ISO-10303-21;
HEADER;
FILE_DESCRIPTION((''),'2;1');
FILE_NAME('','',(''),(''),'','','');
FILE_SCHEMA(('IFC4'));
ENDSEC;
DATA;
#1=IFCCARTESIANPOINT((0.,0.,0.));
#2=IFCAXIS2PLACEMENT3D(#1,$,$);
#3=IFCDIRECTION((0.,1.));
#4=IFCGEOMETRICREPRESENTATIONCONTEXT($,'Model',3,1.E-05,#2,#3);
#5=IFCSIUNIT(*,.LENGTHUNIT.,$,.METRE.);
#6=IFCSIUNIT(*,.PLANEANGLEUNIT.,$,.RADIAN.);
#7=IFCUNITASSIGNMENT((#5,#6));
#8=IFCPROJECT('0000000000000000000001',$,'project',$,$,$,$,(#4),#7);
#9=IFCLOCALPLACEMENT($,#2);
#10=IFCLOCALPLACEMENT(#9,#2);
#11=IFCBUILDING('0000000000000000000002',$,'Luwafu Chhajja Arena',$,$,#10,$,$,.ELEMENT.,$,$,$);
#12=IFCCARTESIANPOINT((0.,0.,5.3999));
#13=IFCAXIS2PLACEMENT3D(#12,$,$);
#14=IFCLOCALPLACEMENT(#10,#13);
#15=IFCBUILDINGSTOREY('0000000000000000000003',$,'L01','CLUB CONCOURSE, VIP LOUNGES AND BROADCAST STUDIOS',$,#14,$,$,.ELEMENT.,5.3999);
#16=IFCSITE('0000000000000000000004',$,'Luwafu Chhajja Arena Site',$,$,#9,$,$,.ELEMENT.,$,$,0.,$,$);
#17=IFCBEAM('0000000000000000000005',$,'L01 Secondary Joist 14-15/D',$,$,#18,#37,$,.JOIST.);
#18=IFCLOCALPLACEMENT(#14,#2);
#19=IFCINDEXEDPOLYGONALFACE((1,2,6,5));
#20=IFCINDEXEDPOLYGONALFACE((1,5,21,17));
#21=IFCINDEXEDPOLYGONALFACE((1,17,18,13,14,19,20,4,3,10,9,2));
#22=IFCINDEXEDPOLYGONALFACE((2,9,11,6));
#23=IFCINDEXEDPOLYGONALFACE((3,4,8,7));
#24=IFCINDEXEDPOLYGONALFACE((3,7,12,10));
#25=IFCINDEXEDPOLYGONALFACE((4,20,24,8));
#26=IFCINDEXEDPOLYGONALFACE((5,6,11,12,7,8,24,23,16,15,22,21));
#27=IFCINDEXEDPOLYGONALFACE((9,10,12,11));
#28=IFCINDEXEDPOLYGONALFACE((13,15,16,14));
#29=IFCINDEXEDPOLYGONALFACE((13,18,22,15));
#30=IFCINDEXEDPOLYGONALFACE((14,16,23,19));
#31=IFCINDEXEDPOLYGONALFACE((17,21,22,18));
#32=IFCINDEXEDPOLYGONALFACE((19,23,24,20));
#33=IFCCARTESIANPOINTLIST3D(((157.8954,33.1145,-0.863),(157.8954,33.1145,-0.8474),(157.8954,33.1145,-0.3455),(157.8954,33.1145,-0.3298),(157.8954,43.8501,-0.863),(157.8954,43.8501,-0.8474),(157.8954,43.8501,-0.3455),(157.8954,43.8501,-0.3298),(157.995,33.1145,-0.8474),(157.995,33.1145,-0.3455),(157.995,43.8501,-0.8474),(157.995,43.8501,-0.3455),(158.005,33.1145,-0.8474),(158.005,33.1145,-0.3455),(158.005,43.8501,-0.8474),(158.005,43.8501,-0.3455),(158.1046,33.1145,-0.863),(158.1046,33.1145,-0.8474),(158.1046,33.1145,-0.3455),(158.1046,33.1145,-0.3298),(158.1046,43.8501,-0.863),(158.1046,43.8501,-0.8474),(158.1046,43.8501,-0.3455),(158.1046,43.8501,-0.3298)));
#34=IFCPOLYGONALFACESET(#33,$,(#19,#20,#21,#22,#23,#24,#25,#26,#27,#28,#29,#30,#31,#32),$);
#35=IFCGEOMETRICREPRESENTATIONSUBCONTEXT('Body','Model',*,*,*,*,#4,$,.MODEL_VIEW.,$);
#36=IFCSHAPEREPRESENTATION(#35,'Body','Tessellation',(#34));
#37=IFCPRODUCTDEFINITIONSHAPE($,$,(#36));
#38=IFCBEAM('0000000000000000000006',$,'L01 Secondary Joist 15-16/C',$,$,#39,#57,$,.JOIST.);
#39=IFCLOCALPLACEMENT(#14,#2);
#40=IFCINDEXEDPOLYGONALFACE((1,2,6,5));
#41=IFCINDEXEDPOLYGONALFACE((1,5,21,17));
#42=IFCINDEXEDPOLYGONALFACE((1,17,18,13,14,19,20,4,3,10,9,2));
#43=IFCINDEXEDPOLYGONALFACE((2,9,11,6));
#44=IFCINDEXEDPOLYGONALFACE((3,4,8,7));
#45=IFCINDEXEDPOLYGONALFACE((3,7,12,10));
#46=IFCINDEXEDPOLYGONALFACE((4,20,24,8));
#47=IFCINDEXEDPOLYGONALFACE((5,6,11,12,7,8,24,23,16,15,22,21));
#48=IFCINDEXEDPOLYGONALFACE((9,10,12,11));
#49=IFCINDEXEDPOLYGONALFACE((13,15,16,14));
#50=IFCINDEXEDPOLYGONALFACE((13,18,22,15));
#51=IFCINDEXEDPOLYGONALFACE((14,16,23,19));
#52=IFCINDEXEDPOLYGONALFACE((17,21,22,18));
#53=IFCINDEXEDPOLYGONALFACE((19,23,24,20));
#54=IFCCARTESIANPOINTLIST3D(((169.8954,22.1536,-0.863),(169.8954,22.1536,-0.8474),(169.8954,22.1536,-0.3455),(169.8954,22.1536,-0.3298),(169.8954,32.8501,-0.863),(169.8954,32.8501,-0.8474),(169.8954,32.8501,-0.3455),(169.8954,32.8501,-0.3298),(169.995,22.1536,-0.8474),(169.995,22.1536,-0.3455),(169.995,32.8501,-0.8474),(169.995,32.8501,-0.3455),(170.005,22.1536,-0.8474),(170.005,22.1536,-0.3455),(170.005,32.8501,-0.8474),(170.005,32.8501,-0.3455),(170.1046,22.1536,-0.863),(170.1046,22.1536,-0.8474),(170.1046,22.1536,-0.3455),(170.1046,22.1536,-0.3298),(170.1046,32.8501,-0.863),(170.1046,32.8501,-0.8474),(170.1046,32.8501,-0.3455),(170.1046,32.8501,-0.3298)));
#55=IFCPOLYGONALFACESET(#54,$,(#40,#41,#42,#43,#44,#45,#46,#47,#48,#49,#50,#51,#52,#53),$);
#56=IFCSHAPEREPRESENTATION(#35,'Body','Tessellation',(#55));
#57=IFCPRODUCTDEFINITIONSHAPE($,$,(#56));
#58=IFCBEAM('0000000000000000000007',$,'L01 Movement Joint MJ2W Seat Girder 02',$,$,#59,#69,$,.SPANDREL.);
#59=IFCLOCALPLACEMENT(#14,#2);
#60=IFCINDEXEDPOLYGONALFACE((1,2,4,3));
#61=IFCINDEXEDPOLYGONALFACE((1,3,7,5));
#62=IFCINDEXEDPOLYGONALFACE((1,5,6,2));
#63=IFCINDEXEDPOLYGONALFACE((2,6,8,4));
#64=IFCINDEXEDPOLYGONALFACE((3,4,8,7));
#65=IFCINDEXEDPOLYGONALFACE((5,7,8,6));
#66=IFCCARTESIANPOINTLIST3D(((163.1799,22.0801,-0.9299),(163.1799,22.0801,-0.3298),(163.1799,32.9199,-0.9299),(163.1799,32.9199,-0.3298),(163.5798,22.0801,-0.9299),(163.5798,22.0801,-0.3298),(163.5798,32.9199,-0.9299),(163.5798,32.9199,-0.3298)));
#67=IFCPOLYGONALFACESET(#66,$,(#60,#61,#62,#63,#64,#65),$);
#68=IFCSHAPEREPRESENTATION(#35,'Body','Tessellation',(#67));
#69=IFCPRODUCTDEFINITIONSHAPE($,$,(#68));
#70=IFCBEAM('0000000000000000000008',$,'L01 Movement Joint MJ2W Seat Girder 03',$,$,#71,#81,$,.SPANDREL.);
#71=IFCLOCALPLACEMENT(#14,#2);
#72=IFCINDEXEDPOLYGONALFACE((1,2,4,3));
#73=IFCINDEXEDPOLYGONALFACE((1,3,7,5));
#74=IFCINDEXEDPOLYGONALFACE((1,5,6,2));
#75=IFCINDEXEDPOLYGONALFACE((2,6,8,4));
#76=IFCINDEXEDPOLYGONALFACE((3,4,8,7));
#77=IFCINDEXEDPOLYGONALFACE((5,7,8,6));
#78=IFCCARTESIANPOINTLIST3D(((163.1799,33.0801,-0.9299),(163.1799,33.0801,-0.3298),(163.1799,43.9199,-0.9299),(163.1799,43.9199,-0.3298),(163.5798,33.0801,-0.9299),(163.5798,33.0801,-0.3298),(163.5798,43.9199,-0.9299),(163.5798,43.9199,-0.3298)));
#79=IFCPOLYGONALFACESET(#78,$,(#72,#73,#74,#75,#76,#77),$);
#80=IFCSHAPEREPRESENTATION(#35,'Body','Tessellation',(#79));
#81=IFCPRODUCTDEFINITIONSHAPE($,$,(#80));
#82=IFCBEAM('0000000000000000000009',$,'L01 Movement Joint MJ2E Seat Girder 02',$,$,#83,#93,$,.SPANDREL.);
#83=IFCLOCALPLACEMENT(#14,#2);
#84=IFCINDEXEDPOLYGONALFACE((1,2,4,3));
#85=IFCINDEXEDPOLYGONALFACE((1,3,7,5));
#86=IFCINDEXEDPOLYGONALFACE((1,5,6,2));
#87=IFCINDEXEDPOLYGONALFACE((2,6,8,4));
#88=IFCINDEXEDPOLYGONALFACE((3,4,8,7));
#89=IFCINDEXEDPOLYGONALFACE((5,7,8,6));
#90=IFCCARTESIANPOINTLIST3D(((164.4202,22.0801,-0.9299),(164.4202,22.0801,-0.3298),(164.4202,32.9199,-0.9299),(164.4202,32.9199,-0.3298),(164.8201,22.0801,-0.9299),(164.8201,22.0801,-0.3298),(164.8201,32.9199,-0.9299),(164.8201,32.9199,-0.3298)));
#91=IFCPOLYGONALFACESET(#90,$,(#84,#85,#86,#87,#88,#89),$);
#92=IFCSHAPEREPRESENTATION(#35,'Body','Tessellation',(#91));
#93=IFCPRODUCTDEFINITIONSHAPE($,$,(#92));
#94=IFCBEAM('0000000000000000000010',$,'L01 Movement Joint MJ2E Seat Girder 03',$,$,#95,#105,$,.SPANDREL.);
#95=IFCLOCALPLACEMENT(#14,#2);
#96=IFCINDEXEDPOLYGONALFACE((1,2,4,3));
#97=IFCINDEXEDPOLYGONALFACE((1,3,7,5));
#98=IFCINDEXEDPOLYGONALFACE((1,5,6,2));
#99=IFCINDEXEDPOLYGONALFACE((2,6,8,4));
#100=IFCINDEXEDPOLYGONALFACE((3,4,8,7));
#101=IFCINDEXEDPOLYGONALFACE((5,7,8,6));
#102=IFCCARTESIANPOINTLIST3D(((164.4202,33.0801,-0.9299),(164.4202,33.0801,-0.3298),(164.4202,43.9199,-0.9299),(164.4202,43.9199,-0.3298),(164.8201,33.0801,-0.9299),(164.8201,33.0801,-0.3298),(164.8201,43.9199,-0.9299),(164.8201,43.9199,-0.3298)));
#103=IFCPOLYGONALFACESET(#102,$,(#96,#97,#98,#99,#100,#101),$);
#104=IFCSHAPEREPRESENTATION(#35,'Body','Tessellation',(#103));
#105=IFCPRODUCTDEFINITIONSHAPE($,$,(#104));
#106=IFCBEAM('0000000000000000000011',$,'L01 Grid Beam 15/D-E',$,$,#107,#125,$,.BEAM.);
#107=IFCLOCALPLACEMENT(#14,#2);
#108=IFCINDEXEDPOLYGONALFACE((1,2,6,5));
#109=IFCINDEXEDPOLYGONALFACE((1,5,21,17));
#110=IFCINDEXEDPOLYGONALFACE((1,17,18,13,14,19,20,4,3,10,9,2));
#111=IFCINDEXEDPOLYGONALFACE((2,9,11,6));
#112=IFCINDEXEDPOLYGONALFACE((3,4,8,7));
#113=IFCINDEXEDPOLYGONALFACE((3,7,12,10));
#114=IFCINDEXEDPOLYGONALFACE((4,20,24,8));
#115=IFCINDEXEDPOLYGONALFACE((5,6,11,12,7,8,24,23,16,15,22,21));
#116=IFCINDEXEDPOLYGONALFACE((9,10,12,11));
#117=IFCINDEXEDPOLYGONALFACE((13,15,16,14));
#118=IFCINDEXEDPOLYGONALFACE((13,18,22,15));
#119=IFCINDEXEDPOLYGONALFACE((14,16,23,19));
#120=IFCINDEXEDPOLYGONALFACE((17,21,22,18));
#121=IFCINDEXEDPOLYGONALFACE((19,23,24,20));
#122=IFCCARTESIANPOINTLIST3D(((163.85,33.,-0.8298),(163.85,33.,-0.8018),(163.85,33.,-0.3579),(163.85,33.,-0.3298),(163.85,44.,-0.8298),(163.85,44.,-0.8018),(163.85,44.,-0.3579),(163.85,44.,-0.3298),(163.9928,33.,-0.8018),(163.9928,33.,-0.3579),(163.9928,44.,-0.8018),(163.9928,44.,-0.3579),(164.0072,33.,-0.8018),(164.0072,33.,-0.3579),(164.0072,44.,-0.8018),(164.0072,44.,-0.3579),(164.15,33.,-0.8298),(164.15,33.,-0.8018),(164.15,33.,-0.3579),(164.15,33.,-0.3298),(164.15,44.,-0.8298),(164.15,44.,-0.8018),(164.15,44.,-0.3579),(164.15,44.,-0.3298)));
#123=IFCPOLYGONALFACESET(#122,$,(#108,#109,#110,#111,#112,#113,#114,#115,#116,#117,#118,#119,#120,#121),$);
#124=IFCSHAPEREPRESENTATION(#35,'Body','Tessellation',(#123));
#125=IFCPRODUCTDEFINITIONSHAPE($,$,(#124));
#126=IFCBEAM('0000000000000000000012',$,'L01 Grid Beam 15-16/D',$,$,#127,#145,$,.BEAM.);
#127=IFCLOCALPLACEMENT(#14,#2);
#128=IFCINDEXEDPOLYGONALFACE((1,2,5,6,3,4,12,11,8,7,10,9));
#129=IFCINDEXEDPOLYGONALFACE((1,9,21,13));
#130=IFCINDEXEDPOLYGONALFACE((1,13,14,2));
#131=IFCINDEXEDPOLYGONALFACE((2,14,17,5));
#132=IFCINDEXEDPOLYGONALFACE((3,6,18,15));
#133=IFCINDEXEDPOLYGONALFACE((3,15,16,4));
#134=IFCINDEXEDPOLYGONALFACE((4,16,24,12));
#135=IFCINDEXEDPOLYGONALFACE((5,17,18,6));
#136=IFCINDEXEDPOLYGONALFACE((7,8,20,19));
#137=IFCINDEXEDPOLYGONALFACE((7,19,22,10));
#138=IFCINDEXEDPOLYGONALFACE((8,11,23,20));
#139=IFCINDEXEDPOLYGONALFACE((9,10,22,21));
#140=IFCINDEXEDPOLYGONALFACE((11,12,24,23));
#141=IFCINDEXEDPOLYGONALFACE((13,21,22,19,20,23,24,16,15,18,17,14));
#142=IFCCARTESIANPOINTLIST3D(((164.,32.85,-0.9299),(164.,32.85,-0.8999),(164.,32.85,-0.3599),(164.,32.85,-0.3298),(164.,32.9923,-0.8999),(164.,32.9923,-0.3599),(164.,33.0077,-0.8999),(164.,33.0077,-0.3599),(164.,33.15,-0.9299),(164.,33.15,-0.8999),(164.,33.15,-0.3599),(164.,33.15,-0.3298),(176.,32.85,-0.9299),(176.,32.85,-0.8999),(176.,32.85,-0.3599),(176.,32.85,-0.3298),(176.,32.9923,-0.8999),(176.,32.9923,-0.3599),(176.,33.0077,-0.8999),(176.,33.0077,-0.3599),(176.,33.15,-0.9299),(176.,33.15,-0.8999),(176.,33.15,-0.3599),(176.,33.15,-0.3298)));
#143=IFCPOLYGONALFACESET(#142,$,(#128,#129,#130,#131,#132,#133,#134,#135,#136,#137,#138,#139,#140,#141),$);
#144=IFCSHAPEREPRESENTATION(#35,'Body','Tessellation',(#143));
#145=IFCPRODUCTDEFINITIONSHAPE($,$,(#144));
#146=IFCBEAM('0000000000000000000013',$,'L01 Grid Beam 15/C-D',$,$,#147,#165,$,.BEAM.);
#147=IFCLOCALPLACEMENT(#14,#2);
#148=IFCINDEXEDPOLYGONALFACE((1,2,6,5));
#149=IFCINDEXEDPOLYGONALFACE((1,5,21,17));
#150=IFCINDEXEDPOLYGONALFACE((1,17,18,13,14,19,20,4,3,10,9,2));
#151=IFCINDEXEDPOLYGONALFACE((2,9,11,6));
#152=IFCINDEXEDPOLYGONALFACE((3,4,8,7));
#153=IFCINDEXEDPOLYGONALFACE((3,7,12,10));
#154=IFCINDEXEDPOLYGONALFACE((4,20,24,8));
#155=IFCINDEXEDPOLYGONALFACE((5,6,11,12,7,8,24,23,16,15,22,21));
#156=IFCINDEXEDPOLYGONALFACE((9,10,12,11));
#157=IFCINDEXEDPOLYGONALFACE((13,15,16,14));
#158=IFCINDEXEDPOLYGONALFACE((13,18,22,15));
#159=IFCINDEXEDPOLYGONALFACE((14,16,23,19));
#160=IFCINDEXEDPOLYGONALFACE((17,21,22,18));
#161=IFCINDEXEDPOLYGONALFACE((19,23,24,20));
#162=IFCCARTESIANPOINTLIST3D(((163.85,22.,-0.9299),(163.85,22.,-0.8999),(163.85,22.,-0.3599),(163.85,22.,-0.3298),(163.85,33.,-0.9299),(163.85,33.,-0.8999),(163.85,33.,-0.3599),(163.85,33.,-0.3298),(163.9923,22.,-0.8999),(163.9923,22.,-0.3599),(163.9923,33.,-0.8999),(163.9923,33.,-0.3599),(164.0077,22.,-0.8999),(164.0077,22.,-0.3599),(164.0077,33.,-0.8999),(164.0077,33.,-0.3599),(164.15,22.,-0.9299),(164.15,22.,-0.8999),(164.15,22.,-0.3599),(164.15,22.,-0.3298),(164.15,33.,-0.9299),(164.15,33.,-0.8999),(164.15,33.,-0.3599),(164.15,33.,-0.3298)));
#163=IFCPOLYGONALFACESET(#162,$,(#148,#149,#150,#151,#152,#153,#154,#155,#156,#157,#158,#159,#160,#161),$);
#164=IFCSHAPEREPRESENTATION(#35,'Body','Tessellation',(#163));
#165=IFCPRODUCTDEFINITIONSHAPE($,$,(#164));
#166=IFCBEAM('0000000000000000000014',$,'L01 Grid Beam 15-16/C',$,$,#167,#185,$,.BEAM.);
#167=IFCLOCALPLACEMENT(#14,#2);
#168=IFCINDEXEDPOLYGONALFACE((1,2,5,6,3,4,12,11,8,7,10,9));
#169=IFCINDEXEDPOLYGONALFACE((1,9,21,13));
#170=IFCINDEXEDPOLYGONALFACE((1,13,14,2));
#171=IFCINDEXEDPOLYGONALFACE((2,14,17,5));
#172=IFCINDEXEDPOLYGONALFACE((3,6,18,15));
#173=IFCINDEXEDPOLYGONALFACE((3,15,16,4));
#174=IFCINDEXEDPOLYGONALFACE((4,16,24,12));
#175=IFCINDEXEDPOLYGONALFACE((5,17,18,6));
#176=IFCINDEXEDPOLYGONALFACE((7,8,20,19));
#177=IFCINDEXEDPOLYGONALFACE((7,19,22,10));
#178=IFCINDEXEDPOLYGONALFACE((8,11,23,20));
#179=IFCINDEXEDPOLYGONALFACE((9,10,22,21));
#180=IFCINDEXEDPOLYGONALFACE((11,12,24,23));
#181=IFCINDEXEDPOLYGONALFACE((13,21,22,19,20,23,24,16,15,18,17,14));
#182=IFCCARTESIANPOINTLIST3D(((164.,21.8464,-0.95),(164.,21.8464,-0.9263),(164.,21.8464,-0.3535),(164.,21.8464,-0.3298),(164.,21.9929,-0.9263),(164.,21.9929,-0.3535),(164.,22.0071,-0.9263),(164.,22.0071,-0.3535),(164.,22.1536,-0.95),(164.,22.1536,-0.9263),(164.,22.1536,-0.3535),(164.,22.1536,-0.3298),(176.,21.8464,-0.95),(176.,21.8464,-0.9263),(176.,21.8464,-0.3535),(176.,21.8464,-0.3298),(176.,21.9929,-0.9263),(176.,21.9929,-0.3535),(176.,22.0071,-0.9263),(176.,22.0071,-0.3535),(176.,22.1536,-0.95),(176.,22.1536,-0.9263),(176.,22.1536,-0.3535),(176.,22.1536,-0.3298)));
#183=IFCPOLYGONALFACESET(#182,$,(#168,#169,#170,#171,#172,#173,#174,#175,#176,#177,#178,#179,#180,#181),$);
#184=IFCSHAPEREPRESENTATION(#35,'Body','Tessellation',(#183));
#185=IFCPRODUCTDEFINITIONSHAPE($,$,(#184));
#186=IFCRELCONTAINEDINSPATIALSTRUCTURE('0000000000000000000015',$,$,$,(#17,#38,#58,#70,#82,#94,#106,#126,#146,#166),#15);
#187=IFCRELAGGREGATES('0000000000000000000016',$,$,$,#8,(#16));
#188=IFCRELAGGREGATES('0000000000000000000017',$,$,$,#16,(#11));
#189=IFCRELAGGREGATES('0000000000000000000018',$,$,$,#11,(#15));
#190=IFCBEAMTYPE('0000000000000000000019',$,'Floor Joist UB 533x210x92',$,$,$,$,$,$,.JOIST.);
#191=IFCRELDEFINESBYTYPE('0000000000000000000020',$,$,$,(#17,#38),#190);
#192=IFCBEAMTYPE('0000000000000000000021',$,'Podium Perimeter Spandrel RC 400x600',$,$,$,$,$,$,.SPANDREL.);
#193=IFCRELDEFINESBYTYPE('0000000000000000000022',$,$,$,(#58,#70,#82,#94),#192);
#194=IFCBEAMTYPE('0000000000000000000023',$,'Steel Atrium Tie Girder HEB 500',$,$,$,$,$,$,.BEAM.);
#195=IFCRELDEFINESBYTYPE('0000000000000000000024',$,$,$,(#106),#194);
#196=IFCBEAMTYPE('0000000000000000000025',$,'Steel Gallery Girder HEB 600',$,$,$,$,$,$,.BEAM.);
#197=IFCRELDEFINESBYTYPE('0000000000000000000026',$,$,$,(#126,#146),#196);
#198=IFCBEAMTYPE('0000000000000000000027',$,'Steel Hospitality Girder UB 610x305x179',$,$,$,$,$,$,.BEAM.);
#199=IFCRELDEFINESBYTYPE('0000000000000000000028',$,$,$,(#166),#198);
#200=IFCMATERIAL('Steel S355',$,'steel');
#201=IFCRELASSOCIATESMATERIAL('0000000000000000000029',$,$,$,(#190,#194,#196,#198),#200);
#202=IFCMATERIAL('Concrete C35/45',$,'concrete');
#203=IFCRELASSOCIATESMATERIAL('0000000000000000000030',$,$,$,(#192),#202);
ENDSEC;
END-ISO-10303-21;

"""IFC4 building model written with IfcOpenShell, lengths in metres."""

from ifc_helpers import new_model, si_unit, direction, frame, origin, origin_2d, place, context, subcontext, project, spatial, rectangle, i_section, extrude, material, material_profile, profile_set, type_object, element, save


model = new_model("IFC4")

# Units and contexts
model_context = context("Model", 3, precision=1e-05, world=origin(), true_north=direction((0.0, 1.0)))
body_context = subcontext(model_context, "Body", "Model", "MODEL_VIEW")
ifc_project = project(units=[si_unit("LENGTHUNIT", "METRE"), si_unit("PLANEANGLEUNIT", "RADIAN")], contexts=[model_context])

# Site, building, storey
site_placement = place(None, origin())
site = spatial("IfcSite", under=ifc_project, at=site_placement, Name="Luwafu Chhajja Arena Site", CompositionType="ELEMENT", RefElevation=0.0)
building_placement = place(site_placement, origin())
building = spatial("IfcBuilding", under=site, at=building_placement, Name="Luwafu Chhajja Arena", CompositionType="ELEMENT")
storey_placement = place(building_placement, frame((0.0, 0.0, 5.3999)))
storey = spatial("IfcBuildingStorey", under=building, at=storey_placement, Name="L01", Description="CLUB CONCOURSE, VIP LOUNGES AND BROADCAST STUDIOS", CompositionType="ELEMENT", Elevation=5.3999)

# Shared definitions
ifc_material_1 = material(Name="Concrete C35/45", Category="concrete")

# Shared definitions
ifc_material_2 = material(Name="Steel S355", Category="steel")

# Beams
ifc_material_profile_1 = material_profile(ifc_material_2, i_section(OverallWidth=0.2092, OverallDepth=0.5332, WebThickness=0.01, FlangeThickness=0.0156, at=origin_2d()), Name="UB 533x210x92")
ifc_profile_set_1 = profile_set([ifc_material_profile_1], Name="Steel S355")
beam_type_1 = type_object("IfcBeamType", Name="Floor Joist UB 533x210x92", PredefinedType="JOIST", material=ifc_profile_set_1)
beam_1_placement = place(storey_placement, frame((158.0, 33.1145, -0.5964), z_axis=(0.0, 1.0, 0.0), x_axis=(-1.0, 0.0, 0.0)))
element("IfcBeam", 1, at=beam_1_placement, inside=storey, type_object=beam_type_1, Name="L01 Secondary Joist 14-15/D", PredefinedType="JOIST", context=body_context, shape_type="SweptSolid", body=[
    extrude(i_section(OverallWidth=0.2092, OverallDepth=0.5332, WebThickness=0.01, FlangeThickness=0.0156, at=origin_2d()), origin(), (0.0, 0.0, 1.0), 10.7356),
])
beam_2_placement = place(storey_placement, frame((170.0, 22.1536, -0.5964), z_axis=(0.0, 1.0, 0.0), x_axis=(-1.0, 0.0, 0.0)))
element("IfcBeam", 2, at=beam_2_placement, inside=storey, type_object=beam_type_1, Name="L01 Secondary Joist 15-16/C", PredefinedType="JOIST", context=body_context, shape_type="SweptSolid", body=[
    extrude(i_section(OverallWidth=0.2092, OverallDepth=0.5332, WebThickness=0.01, FlangeThickness=0.0156, at=origin_2d()), origin(), (0.0, 0.0, 1.0), 10.6965),
])
ifc_material_profile_2 = material_profile(ifc_material_1, rectangle(XDim=0.3999, YDim=0.6001, at=origin_2d()), Name="RC 400x600")
ifc_profile_set_2 = profile_set([ifc_material_profile_2], Name="Concrete C35/45")
beam_type_2 = type_object("IfcBeamType", Name="Podium Perimeter Spandrel RC 400x600", PredefinedType="SPANDREL", material=ifc_profile_set_2)
for number, where, z_axis, x_axis, name in (
    (3, (163.3799, 22.0801, -0.6299), (0.0, 1.0, 0.0), (-1.0, 0.0, 0.0), "L01 Movement Joint MJ2W Seat Girder 02"),
    (4, (163.3799, 33.0801, -0.6299), (0.0, 1.0, 0.0), (-1.0, 0.0, 0.0), "L01 Movement Joint MJ2W Seat Girder 03"),
    (5, (164.6201, 22.0801, -0.6299), (0.0, 1.0, 0.0), (-1.0, 0.0, 0.0), "L01 Movement Joint MJ2E Seat Girder 02"),
    (6, (164.6201, 33.0801, -0.6299), (0.0, 1.0, 0.0), (-1.0, 0.0, 0.0), "L01 Movement Joint MJ2E Seat Girder 03"),
):
    element("IfcBeam", number, at=place(storey_placement, frame(where, z_axis=z_axis, x_axis=x_axis)), inside=storey, type_object=beam_type_2, Name=name, PredefinedType="SPANDREL", context=body_context, shape_type="SweptSolid", body=[
        extrude(rectangle(XDim=0.3999, YDim=0.6001, at=origin_2d()), origin(), (0.0, 0.0, 1.0), 10.8398),
    ])
ifc_material_profile_3 = material_profile(ifc_material_2, i_section(OverallWidth=0.3, OverallDepth=0.5, WebThickness=0.0144, FlangeThickness=0.0281, at=origin_2d()), Name="HEB 500")
ifc_profile_set_3 = profile_set([ifc_material_profile_3], Name="Steel S355")
beam_type_3 = type_object("IfcBeamType", Name="Steel Atrium Tie Girder HEB 500", PredefinedType="BEAM", material=ifc_profile_set_3)
beam_3_placement = place(storey_placement, frame((164.0, 33.0, -0.5798), z_axis=(0.0, 1.0, 0.0), x_axis=(-1.0, 0.0, 0.0)))
element("IfcBeam", 7, at=beam_3_placement, inside=storey, type_object=beam_type_3, Name="L01 Grid Beam 15/D-E", PredefinedType="BEAM", context=body_context, shape_type="SweptSolid", body=[
    extrude(i_section(OverallWidth=0.3, OverallDepth=0.5, WebThickness=0.0144, FlangeThickness=0.0281, at=origin_2d()), origin(), (0.0, 0.0, 1.0), 11.0),
])
ifc_material_profile_4 = material_profile(ifc_material_2, i_section(OverallWidth=0.3, OverallDepth=0.6001, WebThickness=0.0154, FlangeThickness=0.03, at=origin_2d()), Name="HEB 600")
ifc_profile_set_4 = profile_set([ifc_material_profile_4], Name="Steel S355")
beam_type_4 = type_object("IfcBeamType", Name="Steel Gallery Girder HEB 600", PredefinedType="BEAM", material=ifc_profile_set_4)
beam_4_placement = place(storey_placement, frame((164.0, 33.0, -0.6299), z_axis=(1.0, 0.0, 0.0), x_axis=(0.0, 1.0, 0.0)))
element("IfcBeam", 8, at=beam_4_placement, inside=storey, type_object=beam_type_4, Name="L01 Grid Beam 15-16/D", PredefinedType="BEAM", context=body_context, shape_type="SweptSolid", body=[
    extrude(i_section(OverallWidth=0.3, OverallDepth=0.6001, WebThickness=0.0154, FlangeThickness=0.03, at=origin_2d()), origin(), (0.0, 0.0, 1.0), 12.0),
])
beam_5_placement = place(storey_placement, frame((164.0, 22.0, -0.6299), z_axis=(0.0, 1.0, 0.0), x_axis=(-1.0, 0.0, 0.0)))
element("IfcBeam", 9, at=beam_5_placement, inside=storey, type_object=beam_type_4, Name="L01 Grid Beam 15/C-D", PredefinedType="BEAM", context=body_context, shape_type="SweptSolid", body=[
    extrude(i_section(OverallWidth=0.3, OverallDepth=0.6001, WebThickness=0.0154, FlangeThickness=0.03, at=origin_2d()), origin(), (0.0, 0.0, 1.0), 11.0),
])
ifc_material_profile_5 = material_profile(ifc_material_2, i_section(OverallWidth=0.3071, OverallDepth=0.6201, WebThickness=0.0142, FlangeThickness=0.0237, at=origin_2d()), Name="UB 610x305x179")
ifc_profile_set_5 = profile_set([ifc_material_profile_5], Name="Steel S355")
beam_type_5 = type_object("IfcBeamType", Name="Steel Hospitality Girder UB 610x305x179", PredefinedType="BEAM", material=ifc_profile_set_5)
beam_6_placement = place(storey_placement, frame((164.0, 22.0, -0.6399), z_axis=(1.0, 0.0, 0.0), x_axis=(0.0, 1.0, 0.0)))
element("IfcBeam", 10, at=beam_6_placement, inside=storey, type_object=beam_type_5, Name="L01 Grid Beam 15-16/C", PredefinedType="BEAM", context=body_context, shape_type="SweptSolid", body=[
    extrude(i_section(OverallWidth=0.3071, OverallDepth=0.6201, WebThickness=0.0142, FlangeThickness=0.0237, at=origin_2d()), origin(), (0.0, 0.0, 1.0), 12.0),
])

save(model, "model.ifc")
